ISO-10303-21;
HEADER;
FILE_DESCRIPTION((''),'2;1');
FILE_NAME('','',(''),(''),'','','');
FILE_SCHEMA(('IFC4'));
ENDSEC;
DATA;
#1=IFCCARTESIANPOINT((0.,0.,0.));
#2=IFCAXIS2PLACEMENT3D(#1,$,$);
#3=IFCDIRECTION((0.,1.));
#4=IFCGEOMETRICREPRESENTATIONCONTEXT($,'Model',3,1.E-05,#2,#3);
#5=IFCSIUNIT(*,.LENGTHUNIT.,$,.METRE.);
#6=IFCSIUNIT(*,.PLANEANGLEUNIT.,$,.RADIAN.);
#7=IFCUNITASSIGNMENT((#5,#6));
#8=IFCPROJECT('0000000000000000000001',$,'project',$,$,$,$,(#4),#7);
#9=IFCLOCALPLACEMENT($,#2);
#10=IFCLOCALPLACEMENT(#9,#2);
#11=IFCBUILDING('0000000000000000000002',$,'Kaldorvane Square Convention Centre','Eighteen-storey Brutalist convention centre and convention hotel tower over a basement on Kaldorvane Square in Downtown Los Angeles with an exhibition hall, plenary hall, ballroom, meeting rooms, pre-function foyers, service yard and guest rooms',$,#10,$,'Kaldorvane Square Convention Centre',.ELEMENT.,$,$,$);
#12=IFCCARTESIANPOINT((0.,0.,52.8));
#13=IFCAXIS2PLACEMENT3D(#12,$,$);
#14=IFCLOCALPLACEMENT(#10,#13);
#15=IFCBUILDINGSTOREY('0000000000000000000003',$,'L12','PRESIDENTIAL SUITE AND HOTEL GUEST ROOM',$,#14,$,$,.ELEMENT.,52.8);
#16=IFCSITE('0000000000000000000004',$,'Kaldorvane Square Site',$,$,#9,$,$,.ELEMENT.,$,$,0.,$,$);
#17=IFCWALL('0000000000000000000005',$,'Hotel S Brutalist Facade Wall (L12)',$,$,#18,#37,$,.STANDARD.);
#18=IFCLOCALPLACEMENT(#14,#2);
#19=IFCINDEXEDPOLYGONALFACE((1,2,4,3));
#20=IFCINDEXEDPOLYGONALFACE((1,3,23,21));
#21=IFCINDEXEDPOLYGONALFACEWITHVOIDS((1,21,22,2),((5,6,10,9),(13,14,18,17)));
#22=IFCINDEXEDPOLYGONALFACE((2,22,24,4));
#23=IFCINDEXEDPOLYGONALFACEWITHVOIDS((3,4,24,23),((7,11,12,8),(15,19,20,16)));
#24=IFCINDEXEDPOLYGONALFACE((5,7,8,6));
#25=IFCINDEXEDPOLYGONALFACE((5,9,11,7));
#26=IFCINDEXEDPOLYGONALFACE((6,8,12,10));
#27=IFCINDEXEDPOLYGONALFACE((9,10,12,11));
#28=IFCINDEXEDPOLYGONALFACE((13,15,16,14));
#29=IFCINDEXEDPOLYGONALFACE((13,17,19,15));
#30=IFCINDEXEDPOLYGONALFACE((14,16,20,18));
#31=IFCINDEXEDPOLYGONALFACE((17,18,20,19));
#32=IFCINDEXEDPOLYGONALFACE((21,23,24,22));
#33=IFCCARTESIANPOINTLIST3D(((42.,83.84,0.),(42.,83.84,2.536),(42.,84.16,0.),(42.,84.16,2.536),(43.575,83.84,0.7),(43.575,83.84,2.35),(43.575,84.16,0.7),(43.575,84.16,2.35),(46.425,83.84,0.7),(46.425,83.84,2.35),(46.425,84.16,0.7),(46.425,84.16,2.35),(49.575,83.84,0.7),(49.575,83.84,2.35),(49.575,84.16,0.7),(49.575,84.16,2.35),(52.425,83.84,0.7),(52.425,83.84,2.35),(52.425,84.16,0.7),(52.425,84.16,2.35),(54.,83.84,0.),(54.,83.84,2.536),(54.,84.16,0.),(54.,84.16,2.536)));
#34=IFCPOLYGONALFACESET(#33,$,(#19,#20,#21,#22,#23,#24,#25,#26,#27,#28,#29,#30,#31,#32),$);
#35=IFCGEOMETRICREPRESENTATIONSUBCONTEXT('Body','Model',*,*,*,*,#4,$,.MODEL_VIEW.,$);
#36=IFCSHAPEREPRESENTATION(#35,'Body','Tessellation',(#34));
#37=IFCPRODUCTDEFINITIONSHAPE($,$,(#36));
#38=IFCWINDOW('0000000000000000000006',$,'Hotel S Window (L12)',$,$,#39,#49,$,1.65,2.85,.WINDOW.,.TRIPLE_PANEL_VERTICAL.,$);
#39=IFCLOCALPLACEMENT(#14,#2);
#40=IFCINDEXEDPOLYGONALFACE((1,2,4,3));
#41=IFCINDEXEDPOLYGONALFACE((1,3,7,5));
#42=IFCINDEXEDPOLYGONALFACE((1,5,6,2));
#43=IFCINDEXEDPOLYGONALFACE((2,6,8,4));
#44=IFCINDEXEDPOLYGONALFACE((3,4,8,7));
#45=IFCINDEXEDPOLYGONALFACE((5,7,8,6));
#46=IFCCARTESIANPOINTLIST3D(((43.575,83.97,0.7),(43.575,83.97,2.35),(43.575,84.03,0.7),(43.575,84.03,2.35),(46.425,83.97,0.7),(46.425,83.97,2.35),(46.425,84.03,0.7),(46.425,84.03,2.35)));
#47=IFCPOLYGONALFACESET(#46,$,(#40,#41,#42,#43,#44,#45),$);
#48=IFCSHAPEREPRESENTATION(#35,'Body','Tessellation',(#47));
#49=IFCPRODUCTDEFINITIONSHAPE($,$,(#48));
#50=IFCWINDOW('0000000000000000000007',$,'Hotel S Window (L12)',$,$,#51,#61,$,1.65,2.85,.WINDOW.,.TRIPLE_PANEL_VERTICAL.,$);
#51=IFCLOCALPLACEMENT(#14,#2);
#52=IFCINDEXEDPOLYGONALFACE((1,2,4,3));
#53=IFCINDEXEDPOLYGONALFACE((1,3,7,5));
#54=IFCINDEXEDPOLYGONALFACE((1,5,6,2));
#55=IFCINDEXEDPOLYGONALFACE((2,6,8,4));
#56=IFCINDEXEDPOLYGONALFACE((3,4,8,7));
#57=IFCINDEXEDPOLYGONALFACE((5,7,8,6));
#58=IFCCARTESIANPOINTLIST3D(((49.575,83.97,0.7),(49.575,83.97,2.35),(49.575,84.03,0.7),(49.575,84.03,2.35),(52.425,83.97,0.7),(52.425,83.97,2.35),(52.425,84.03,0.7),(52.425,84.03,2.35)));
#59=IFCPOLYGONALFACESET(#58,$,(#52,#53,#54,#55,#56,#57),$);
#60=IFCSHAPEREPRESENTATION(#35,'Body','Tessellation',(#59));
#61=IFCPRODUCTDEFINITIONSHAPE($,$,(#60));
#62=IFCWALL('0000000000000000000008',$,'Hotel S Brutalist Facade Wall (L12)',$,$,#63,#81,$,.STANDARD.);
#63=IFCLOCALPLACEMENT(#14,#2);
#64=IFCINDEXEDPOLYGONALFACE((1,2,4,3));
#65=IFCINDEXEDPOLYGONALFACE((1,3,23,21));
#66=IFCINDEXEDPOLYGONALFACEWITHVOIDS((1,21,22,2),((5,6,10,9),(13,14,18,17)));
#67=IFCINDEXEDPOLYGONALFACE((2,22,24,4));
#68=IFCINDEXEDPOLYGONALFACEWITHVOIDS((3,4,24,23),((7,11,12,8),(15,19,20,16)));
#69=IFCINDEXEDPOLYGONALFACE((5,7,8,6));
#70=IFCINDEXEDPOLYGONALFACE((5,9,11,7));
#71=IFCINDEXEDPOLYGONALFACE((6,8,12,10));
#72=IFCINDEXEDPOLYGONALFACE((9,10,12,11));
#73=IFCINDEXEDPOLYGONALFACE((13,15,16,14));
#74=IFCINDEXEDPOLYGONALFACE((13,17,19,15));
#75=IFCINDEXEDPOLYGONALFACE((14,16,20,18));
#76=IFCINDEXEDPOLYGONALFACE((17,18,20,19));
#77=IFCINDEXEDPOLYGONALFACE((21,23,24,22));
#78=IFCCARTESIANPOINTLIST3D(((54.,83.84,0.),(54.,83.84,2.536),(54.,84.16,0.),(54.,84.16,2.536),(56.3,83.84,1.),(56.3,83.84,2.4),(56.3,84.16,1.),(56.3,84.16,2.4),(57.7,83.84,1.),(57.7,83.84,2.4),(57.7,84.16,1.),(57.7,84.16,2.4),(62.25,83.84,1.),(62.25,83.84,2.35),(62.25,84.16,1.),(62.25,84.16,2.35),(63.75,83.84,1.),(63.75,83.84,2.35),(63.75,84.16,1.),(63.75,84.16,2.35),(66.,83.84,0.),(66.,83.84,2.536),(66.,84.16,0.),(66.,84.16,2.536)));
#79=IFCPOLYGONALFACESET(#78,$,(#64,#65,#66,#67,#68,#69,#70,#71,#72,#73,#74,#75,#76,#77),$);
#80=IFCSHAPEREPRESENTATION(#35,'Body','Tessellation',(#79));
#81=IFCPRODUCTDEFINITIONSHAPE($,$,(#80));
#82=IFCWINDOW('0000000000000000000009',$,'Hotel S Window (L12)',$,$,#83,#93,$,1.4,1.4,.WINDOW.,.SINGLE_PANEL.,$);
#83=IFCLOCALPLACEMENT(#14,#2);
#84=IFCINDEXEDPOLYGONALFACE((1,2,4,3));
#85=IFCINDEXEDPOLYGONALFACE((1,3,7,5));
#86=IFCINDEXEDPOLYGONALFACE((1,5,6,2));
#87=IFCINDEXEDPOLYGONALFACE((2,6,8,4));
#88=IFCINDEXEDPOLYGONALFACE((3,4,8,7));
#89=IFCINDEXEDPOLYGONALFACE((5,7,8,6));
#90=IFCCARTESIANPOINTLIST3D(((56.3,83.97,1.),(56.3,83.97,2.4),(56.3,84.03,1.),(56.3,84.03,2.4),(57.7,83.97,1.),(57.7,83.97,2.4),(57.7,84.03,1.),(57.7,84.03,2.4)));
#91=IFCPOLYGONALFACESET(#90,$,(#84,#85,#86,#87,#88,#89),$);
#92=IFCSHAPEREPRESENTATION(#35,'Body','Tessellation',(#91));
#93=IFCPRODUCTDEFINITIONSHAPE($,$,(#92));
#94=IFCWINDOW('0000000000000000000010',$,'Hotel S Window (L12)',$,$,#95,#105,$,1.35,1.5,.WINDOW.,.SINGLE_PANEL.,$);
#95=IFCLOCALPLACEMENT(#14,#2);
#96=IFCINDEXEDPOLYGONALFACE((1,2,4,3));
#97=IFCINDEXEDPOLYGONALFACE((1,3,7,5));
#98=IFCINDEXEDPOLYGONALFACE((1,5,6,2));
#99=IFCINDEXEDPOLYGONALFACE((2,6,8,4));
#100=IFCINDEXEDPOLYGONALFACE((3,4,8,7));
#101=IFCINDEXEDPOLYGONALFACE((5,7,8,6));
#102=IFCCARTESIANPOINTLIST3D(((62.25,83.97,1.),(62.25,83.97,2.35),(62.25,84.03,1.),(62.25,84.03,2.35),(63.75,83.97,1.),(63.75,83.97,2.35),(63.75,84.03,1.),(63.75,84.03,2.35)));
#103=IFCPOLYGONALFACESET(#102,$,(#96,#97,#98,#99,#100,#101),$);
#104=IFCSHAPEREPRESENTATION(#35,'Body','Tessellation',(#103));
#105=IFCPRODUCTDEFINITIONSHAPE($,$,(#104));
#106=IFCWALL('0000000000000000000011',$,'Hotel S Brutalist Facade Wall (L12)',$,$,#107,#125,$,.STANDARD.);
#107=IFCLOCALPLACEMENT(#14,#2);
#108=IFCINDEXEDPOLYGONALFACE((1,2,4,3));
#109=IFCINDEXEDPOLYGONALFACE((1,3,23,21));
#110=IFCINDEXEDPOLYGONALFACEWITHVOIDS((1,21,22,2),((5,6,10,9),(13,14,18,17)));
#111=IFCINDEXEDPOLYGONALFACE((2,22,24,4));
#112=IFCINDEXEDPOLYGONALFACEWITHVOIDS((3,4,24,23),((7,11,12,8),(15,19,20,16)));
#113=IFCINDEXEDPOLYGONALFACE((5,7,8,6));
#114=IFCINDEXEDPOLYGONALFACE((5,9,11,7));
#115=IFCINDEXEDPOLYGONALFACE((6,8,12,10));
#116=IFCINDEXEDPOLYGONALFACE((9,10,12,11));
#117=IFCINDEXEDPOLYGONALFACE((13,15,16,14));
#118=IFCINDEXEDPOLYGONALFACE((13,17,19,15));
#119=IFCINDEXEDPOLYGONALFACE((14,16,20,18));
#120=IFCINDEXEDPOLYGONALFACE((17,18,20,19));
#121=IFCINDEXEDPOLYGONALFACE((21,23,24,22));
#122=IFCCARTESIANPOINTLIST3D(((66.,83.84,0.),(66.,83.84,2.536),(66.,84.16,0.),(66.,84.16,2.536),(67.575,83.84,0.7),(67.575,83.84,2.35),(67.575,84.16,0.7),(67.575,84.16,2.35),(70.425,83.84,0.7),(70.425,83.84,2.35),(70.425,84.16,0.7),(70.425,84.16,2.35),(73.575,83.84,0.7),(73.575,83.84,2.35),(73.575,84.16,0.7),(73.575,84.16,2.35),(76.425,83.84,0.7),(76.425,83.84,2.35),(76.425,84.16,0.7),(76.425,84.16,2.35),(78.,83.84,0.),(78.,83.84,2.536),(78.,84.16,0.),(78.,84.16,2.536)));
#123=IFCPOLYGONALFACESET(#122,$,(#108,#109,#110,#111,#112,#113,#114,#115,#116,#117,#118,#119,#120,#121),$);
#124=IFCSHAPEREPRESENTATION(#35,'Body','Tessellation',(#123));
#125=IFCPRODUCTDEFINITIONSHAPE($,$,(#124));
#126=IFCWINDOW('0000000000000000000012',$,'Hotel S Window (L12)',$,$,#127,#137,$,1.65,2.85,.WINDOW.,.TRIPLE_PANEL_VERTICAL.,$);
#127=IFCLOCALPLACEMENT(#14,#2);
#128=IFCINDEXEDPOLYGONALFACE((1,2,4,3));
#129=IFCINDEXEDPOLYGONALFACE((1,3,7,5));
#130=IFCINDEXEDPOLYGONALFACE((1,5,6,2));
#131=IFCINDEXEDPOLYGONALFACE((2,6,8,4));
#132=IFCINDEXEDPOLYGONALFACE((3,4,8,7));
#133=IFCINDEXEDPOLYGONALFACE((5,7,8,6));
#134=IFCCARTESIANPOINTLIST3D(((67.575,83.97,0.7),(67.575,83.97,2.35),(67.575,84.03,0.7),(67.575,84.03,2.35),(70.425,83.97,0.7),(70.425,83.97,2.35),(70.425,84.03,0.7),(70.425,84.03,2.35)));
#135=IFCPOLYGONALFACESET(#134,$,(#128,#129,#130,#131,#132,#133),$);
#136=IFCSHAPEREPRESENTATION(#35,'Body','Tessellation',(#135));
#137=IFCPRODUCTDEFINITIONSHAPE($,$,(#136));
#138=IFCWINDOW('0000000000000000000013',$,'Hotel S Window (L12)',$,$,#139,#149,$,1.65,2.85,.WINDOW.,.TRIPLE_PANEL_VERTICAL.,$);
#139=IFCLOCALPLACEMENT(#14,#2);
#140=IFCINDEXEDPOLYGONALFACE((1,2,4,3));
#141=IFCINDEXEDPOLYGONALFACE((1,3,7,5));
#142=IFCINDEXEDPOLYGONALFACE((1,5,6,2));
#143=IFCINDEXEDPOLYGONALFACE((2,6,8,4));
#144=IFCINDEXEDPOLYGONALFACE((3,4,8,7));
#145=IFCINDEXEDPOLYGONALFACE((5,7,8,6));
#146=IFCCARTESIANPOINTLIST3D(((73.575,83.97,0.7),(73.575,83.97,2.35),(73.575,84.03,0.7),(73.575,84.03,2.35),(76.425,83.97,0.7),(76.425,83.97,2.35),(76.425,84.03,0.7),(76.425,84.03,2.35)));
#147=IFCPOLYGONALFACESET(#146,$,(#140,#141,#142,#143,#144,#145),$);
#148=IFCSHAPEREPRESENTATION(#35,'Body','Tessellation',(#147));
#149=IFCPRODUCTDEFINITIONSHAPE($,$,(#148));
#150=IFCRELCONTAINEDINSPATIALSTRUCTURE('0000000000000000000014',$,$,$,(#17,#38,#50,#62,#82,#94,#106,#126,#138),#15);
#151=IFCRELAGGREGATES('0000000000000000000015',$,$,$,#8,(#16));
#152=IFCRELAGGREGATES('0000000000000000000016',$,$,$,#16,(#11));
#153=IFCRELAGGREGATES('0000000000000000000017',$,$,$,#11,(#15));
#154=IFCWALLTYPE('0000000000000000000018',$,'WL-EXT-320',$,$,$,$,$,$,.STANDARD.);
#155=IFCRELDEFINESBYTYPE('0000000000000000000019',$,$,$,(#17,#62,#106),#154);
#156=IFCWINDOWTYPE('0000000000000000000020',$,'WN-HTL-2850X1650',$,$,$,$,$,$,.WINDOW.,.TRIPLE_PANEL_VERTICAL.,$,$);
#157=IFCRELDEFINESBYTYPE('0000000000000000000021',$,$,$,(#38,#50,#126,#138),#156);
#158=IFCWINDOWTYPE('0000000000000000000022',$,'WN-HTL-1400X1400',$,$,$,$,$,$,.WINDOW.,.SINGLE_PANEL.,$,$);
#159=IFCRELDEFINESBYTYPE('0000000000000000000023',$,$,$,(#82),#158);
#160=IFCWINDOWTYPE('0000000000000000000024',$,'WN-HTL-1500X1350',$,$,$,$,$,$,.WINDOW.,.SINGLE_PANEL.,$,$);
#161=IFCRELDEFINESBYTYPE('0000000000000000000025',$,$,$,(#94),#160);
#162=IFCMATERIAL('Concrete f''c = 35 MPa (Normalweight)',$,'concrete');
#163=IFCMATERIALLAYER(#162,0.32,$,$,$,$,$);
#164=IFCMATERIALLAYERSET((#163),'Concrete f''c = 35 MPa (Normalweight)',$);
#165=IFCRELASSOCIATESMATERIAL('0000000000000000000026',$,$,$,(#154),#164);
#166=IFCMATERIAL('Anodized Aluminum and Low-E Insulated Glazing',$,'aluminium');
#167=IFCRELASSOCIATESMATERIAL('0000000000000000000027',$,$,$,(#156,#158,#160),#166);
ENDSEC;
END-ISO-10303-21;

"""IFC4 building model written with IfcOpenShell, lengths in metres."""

from ifc_helpers import new_model, si_unit, direction, frame, frame_2d, origin, place, context, subcontext, project, spatial, rectangle, extrude, material, layer, layer_set, type_object, element, fill, save


model = new_model("IFC4")

# Units and contexts
model_context = context("Model", 3, precision=1e-05, world=origin(), true_north=direction((0.0, 1.0)))
body_context = subcontext(model_context, "Body", "Model", "MODEL_VIEW")
ifc_project = project(units=[si_unit("LENGTHUNIT", "METRE"), si_unit("PLANEANGLEUNIT", "RADIAN")], contexts=[model_context])

# Site, building, storey
site_placement = place(None, origin())
site = spatial("IfcSite", under=ifc_project, at=site_placement, Name="Kaldorvane Square Site", CompositionType="ELEMENT", RefElevation=0.0)
building_placement = place(site_placement, origin())
building = spatial("IfcBuilding", under=site, at=building_placement, Name="Kaldorvane Square Convention Centre", Description="Eighteen-storey Brutalist convention centre and convention hotel tower over a basement on Kaldorvane Square in Downtown Los Angeles with an exhibition hall, plenary hall, ballroom, meeting rooms, pre-function foyers, service yard and guest rooms", LongName="Kaldorvane Square Convention Centre", CompositionType="ELEMENT")
storey_placement = place(building_placement, frame((0.0, 0.0, 52.8)))
storey = spatial("IfcBuildingStorey", under=building, at=storey_placement, Name="L12", Description="PRESIDENTIAL SUITE AND HOTEL GUEST ROOM", CompositionType="ELEMENT", Elevation=52.8)

# Shared definitions
ifc_material_1 = material(Name="Concrete f'c = 35 MPa (Normalweight)", Category="concrete")
ifc_layer_1 = layer(ifc_material_1, 0.32)
ifc_layer_set_1 = layer_set([ifc_layer_1], Name="Concrete f'c = 35 MPa (Normalweight)")
wall_type_1 = type_object("IfcWallType", Name="WL-EXT-320", PredefinedType="STANDARD", material=ifc_layer_set_1)
ifc_material_2 = material(Name="Anodized Aluminum and Low-E Insulated Glazing", Category="aluminium")
window_type_1 = type_object("IfcWindowType", Name="WN-HTL-2850X1650", PartitioningType="TRIPLE_PANEL_VERTICAL", PredefinedType="WINDOW", material=ifc_material_2)

# Walls, openings, windows
wall_1_placement = place(storey_placement, frame((42.0, 84.0, 0.0), z_axis=(0.0, 0.0, 1.0), x_axis=(1.0, 0.0, 0.0)))
wall_1 = element("IfcWall", 1, at=wall_1_placement, inside=storey, type_object=wall_type_1, Name="Hotel S Brutalist Facade Wall (L12)", PredefinedType="STANDARD", context=body_context, shape_type="SweptSolid", body=[
    extrude(rectangle(XDim=12.0, YDim=0.32, at=frame_2d((6.0, 0.0))), origin(), (0.0, 0.0, 1.0), 2.536),
])
opening_1_placement = place(wall_1_placement, frame((1.575, 0.0, 0.7)))
opening_1 = element("IfcOpeningElement", 2, at=opening_1_placement, cuts=wall_1, PredefinedType="OPENING", context=body_context, shape_type="SweptSolid", body=[
    extrude(rectangle(XDim=2.85, YDim=1.65, at=frame_2d((1.425, 0.825))), frame((0.0, 0.175, 0.0), z_axis=(0.0, -1.0, 0.0), x_axis=(1.0, 0.0, 0.0)), (0.0, 0.0, 1.0), 0.35),
])
opening_2_placement = place(wall_1_placement, frame((7.575, 0.0, 0.7)))
opening_2 = element("IfcOpeningElement", 3, at=opening_2_placement, cuts=wall_1, PredefinedType="OPENING", context=body_context, shape_type="SweptSolid", body=[
    extrude(rectangle(XDim=2.85, YDim=1.65, at=frame_2d((1.425, 0.825))), frame((0.0, 0.175, 0.0), z_axis=(0.0, -1.0, 0.0), x_axis=(1.0, 0.0, 0.0)), (0.0, 0.0, 1.0), 0.35),
])
window_1_placement = place(opening_1_placement, origin())
window_1 = element("IfcWindow", 4, at=window_1_placement, inside=storey, type_object=window_type_1, Name="Hotel S Window (L12)", OverallHeight=1.65, OverallWidth=2.85, PartitioningType="TRIPLE_PANEL_VERTICAL", PredefinedType="WINDOW", context=body_context, shape_type="SweptSolid", body=[
    extrude(rectangle(XDim=2.85, YDim=1.65, at=frame_2d((1.425, 0.825))), frame((0.0, 0.03, 0.0), z_axis=(0.0, -1.0, 0.0), x_axis=(1.0, 0.0, 0.0)), (0.0, 0.0, 1.0), 0.06),
])
fill(opening_1, window_1)
window_2_placement = place(opening_2_placement, origin())
window_2 = element("IfcWindow", 5, at=window_2_placement, inside=storey, type_object=window_type_1, Name="Hotel S Window (L12)", OverallHeight=1.65, OverallWidth=2.85, PartitioningType="TRIPLE_PANEL_VERTICAL", PredefinedType="WINDOW", context=body_context, shape_type="SweptSolid", body=[
    extrude(rectangle(XDim=2.85, YDim=1.65, at=frame_2d((1.425, 0.825))), frame((0.0, 0.03, 0.0), z_axis=(0.0, -1.0, 0.0), x_axis=(1.0, 0.0, 0.0)), (0.0, 0.0, 1.0), 0.06),
])
fill(opening_2, window_2)
wall_2_placement = place(storey_placement, frame((54.0, 84.0, 0.0), z_axis=(0.0, 0.0, 1.0), x_axis=(1.0, 0.0, 0.0)))
wall_2 = element("IfcWall", 6, at=wall_2_placement, inside=storey, type_object=wall_type_1, Name="Hotel S Brutalist Facade Wall (L12)", PredefinedType="STANDARD", context=body_context, shape_type="SweptSolid", body=[
    extrude(rectangle(XDim=12.0, YDim=0.32, at=frame_2d((6.0, 0.0))), origin(), (0.0, 0.0, 1.0), 2.536),
])
opening_3_placement = place(wall_2_placement, frame((2.3, 0.0, 1.0)))
opening_3 = element("IfcOpeningElement", 7, at=opening_3_placement, cuts=wall_2, PredefinedType="OPENING", context=body_context, shape_type="SweptSolid", body=[
    extrude(rectangle(XDim=1.4, YDim=1.4, at=frame_2d((0.7, 0.7))), frame((0.0, 0.175, 0.0), z_axis=(0.0, -1.0, 0.0), x_axis=(1.0, 0.0, 0.0)), (0.0, 0.0, 1.0), 0.35),
])
opening_4_placement = place(wall_2_placement, frame((8.25, 0.0, 1.0)))
opening_4 = element("IfcOpeningElement", 8, at=opening_4_placement, cuts=wall_2, PredefinedType="OPENING", context=body_context, shape_type="SweptSolid", body=[
    extrude(rectangle(XDim=1.5, YDim=1.35, at=frame_2d((0.75, 0.675))), frame((0.0, 0.175, 0.0), z_axis=(0.0, -1.0, 0.0), x_axis=(1.0, 0.0, 0.0)), (0.0, 0.0, 1.0), 0.35),
])
window_type_2 = type_object("IfcWindowType", Name="WN-HTL-1400X1400", PartitioningType="SINGLE_PANEL", PredefinedType="WINDOW", material=ifc_material_2)
window_3_placement = place(opening_3_placement, origin())
window_3 = element("IfcWindow", 9, at=window_3_placement, inside=storey, type_object=window_type_2, Name="Hotel S Window (L12)", OverallHeight=1.4, OverallWidth=1.4, PartitioningType="SINGLE_PANEL", PredefinedType="WINDOW", context=body_context, shape_type="SweptSolid", body=[
    extrude(rectangle(XDim=1.4, YDim=1.4, at=frame_2d((0.7, 0.7))), frame((0.0, 0.03, 0.0), z_axis=(0.0, -1.0, 0.0), x_axis=(1.0, 0.0, 0.0)), (0.0, 0.0, 1.0), 0.06),
])
fill(opening_3, window_3)
window_type_3 = type_object("IfcWindowType", Name="WN-HTL-1500X1350", PartitioningType="SINGLE_PANEL", PredefinedType="WINDOW", material=ifc_material_2)
window_4_placement = place(opening_4_placement, origin())
window_4 = element("IfcWindow", 10, at=window_4_placement, inside=storey, type_object=window_type_3, Name="Hotel S Window (L12)", OverallHeight=1.35, OverallWidth=1.5, PartitioningType="SINGLE_PANEL", PredefinedType="WINDOW", context=body_context, shape_type="SweptSolid", body=[
    extrude(rectangle(XDim=1.5, YDim=1.35, at=frame_2d((0.75, 0.675))), frame((0.0, 0.03, 0.0), z_axis=(0.0, -1.0, 0.0), x_axis=(1.0, 0.0, 0.0)), (0.0, 0.0, 1.0), 0.06),
])
fill(opening_4, window_4)
wall_3_placement = place(storey_placement, frame((66.0, 84.0, 0.0), z_axis=(0.0, 0.0, 1.0), x_axis=(1.0, 0.0, 0.0)))
wall_3 = element("IfcWall", 11, at=wall_3_placement, inside=storey, type_object=wall_type_1, Name="Hotel S Brutalist Facade Wall (L12)", PredefinedType="STANDARD", context=body_context, shape_type="SweptSolid", body=[
    extrude(rectangle(XDim=12.0, YDim=0.32, at=frame_2d((6.0, 0.0))), origin(), (0.0, 0.0, 1.0), 2.536),
])
opening_5_placement = place(wall_3_placement, frame((1.575, 0.0, 0.7)))
opening_5 = element("IfcOpeningElement", 12, at=opening_5_placement, cuts=wall_3, PredefinedType="OPENING", context=body_context, shape_type="SweptSolid", body=[
    extrude(rectangle(XDim=2.85, YDim=1.65, at=frame_2d((1.425, 0.825))), frame((0.0, 0.175, 0.0), z_axis=(0.0, -1.0, 0.0), x_axis=(1.0, 0.0, 0.0)), (0.0, 0.0, 1.0), 0.35),
])
opening_6_placement = place(wall_3_placement, frame((7.575, 0.0, 0.7)))
opening_6 = element("IfcOpeningElement", 13, at=opening_6_placement, cuts=wall_3, PredefinedType="OPENING", context=body_context, shape_type="SweptSolid", body=[
    extrude(rectangle(XDim=2.85, YDim=1.65, at=frame_2d((1.425, 0.825))), frame((0.0, 0.175, 0.0), z_axis=(0.0, -1.0, 0.0), x_axis=(1.0, 0.0, 0.0)), (0.0, 0.0, 1.0), 0.35),
])
window_5_placement = place(opening_5_placement, origin())
window_5 = element("IfcWindow", 14, at=window_5_placement, inside=storey, type_object=window_type_1, Name="Hotel S Window (L12)", OverallHeight=1.65, OverallWidth=2.85, PartitioningType="TRIPLE_PANEL_VERTICAL", PredefinedType="WINDOW", context=body_context, shape_type="SweptSolid", body=[
    extrude(rectangle(XDim=2.85, YDim=1.65, at=frame_2d((1.425, 0.825))), frame((0.0, 0.03, 0.0), z_axis=(0.0, -1.0, 0.0), x_axis=(1.0, 0.0, 0.0)), (0.0, 0.0, 1.0), 0.06),
])
fill(opening_5, window_5)
window_6_placement = place(opening_6_placement, origin())
window_6 = element("IfcWindow", 15, at=window_6_placement, inside=storey, type_object=window_type_1, Name="Hotel S Window (L12)", OverallHeight=1.65, OverallWidth=2.85, PartitioningType="TRIPLE_PANEL_VERTICAL", PredefinedType="WINDOW", context=body_context, shape_type="SweptSolid", body=[
    extrude(rectangle(XDim=2.85, YDim=1.65, at=frame_2d((1.425, 0.825))), frame((0.0, 0.03, 0.0), z_axis=(0.0, -1.0, 0.0), x_axis=(1.0, 0.0, 0.0)), (0.0, 0.0, 1.0), 0.06),
])
fill(opening_6, window_6)

save(model, "model.ifc")
